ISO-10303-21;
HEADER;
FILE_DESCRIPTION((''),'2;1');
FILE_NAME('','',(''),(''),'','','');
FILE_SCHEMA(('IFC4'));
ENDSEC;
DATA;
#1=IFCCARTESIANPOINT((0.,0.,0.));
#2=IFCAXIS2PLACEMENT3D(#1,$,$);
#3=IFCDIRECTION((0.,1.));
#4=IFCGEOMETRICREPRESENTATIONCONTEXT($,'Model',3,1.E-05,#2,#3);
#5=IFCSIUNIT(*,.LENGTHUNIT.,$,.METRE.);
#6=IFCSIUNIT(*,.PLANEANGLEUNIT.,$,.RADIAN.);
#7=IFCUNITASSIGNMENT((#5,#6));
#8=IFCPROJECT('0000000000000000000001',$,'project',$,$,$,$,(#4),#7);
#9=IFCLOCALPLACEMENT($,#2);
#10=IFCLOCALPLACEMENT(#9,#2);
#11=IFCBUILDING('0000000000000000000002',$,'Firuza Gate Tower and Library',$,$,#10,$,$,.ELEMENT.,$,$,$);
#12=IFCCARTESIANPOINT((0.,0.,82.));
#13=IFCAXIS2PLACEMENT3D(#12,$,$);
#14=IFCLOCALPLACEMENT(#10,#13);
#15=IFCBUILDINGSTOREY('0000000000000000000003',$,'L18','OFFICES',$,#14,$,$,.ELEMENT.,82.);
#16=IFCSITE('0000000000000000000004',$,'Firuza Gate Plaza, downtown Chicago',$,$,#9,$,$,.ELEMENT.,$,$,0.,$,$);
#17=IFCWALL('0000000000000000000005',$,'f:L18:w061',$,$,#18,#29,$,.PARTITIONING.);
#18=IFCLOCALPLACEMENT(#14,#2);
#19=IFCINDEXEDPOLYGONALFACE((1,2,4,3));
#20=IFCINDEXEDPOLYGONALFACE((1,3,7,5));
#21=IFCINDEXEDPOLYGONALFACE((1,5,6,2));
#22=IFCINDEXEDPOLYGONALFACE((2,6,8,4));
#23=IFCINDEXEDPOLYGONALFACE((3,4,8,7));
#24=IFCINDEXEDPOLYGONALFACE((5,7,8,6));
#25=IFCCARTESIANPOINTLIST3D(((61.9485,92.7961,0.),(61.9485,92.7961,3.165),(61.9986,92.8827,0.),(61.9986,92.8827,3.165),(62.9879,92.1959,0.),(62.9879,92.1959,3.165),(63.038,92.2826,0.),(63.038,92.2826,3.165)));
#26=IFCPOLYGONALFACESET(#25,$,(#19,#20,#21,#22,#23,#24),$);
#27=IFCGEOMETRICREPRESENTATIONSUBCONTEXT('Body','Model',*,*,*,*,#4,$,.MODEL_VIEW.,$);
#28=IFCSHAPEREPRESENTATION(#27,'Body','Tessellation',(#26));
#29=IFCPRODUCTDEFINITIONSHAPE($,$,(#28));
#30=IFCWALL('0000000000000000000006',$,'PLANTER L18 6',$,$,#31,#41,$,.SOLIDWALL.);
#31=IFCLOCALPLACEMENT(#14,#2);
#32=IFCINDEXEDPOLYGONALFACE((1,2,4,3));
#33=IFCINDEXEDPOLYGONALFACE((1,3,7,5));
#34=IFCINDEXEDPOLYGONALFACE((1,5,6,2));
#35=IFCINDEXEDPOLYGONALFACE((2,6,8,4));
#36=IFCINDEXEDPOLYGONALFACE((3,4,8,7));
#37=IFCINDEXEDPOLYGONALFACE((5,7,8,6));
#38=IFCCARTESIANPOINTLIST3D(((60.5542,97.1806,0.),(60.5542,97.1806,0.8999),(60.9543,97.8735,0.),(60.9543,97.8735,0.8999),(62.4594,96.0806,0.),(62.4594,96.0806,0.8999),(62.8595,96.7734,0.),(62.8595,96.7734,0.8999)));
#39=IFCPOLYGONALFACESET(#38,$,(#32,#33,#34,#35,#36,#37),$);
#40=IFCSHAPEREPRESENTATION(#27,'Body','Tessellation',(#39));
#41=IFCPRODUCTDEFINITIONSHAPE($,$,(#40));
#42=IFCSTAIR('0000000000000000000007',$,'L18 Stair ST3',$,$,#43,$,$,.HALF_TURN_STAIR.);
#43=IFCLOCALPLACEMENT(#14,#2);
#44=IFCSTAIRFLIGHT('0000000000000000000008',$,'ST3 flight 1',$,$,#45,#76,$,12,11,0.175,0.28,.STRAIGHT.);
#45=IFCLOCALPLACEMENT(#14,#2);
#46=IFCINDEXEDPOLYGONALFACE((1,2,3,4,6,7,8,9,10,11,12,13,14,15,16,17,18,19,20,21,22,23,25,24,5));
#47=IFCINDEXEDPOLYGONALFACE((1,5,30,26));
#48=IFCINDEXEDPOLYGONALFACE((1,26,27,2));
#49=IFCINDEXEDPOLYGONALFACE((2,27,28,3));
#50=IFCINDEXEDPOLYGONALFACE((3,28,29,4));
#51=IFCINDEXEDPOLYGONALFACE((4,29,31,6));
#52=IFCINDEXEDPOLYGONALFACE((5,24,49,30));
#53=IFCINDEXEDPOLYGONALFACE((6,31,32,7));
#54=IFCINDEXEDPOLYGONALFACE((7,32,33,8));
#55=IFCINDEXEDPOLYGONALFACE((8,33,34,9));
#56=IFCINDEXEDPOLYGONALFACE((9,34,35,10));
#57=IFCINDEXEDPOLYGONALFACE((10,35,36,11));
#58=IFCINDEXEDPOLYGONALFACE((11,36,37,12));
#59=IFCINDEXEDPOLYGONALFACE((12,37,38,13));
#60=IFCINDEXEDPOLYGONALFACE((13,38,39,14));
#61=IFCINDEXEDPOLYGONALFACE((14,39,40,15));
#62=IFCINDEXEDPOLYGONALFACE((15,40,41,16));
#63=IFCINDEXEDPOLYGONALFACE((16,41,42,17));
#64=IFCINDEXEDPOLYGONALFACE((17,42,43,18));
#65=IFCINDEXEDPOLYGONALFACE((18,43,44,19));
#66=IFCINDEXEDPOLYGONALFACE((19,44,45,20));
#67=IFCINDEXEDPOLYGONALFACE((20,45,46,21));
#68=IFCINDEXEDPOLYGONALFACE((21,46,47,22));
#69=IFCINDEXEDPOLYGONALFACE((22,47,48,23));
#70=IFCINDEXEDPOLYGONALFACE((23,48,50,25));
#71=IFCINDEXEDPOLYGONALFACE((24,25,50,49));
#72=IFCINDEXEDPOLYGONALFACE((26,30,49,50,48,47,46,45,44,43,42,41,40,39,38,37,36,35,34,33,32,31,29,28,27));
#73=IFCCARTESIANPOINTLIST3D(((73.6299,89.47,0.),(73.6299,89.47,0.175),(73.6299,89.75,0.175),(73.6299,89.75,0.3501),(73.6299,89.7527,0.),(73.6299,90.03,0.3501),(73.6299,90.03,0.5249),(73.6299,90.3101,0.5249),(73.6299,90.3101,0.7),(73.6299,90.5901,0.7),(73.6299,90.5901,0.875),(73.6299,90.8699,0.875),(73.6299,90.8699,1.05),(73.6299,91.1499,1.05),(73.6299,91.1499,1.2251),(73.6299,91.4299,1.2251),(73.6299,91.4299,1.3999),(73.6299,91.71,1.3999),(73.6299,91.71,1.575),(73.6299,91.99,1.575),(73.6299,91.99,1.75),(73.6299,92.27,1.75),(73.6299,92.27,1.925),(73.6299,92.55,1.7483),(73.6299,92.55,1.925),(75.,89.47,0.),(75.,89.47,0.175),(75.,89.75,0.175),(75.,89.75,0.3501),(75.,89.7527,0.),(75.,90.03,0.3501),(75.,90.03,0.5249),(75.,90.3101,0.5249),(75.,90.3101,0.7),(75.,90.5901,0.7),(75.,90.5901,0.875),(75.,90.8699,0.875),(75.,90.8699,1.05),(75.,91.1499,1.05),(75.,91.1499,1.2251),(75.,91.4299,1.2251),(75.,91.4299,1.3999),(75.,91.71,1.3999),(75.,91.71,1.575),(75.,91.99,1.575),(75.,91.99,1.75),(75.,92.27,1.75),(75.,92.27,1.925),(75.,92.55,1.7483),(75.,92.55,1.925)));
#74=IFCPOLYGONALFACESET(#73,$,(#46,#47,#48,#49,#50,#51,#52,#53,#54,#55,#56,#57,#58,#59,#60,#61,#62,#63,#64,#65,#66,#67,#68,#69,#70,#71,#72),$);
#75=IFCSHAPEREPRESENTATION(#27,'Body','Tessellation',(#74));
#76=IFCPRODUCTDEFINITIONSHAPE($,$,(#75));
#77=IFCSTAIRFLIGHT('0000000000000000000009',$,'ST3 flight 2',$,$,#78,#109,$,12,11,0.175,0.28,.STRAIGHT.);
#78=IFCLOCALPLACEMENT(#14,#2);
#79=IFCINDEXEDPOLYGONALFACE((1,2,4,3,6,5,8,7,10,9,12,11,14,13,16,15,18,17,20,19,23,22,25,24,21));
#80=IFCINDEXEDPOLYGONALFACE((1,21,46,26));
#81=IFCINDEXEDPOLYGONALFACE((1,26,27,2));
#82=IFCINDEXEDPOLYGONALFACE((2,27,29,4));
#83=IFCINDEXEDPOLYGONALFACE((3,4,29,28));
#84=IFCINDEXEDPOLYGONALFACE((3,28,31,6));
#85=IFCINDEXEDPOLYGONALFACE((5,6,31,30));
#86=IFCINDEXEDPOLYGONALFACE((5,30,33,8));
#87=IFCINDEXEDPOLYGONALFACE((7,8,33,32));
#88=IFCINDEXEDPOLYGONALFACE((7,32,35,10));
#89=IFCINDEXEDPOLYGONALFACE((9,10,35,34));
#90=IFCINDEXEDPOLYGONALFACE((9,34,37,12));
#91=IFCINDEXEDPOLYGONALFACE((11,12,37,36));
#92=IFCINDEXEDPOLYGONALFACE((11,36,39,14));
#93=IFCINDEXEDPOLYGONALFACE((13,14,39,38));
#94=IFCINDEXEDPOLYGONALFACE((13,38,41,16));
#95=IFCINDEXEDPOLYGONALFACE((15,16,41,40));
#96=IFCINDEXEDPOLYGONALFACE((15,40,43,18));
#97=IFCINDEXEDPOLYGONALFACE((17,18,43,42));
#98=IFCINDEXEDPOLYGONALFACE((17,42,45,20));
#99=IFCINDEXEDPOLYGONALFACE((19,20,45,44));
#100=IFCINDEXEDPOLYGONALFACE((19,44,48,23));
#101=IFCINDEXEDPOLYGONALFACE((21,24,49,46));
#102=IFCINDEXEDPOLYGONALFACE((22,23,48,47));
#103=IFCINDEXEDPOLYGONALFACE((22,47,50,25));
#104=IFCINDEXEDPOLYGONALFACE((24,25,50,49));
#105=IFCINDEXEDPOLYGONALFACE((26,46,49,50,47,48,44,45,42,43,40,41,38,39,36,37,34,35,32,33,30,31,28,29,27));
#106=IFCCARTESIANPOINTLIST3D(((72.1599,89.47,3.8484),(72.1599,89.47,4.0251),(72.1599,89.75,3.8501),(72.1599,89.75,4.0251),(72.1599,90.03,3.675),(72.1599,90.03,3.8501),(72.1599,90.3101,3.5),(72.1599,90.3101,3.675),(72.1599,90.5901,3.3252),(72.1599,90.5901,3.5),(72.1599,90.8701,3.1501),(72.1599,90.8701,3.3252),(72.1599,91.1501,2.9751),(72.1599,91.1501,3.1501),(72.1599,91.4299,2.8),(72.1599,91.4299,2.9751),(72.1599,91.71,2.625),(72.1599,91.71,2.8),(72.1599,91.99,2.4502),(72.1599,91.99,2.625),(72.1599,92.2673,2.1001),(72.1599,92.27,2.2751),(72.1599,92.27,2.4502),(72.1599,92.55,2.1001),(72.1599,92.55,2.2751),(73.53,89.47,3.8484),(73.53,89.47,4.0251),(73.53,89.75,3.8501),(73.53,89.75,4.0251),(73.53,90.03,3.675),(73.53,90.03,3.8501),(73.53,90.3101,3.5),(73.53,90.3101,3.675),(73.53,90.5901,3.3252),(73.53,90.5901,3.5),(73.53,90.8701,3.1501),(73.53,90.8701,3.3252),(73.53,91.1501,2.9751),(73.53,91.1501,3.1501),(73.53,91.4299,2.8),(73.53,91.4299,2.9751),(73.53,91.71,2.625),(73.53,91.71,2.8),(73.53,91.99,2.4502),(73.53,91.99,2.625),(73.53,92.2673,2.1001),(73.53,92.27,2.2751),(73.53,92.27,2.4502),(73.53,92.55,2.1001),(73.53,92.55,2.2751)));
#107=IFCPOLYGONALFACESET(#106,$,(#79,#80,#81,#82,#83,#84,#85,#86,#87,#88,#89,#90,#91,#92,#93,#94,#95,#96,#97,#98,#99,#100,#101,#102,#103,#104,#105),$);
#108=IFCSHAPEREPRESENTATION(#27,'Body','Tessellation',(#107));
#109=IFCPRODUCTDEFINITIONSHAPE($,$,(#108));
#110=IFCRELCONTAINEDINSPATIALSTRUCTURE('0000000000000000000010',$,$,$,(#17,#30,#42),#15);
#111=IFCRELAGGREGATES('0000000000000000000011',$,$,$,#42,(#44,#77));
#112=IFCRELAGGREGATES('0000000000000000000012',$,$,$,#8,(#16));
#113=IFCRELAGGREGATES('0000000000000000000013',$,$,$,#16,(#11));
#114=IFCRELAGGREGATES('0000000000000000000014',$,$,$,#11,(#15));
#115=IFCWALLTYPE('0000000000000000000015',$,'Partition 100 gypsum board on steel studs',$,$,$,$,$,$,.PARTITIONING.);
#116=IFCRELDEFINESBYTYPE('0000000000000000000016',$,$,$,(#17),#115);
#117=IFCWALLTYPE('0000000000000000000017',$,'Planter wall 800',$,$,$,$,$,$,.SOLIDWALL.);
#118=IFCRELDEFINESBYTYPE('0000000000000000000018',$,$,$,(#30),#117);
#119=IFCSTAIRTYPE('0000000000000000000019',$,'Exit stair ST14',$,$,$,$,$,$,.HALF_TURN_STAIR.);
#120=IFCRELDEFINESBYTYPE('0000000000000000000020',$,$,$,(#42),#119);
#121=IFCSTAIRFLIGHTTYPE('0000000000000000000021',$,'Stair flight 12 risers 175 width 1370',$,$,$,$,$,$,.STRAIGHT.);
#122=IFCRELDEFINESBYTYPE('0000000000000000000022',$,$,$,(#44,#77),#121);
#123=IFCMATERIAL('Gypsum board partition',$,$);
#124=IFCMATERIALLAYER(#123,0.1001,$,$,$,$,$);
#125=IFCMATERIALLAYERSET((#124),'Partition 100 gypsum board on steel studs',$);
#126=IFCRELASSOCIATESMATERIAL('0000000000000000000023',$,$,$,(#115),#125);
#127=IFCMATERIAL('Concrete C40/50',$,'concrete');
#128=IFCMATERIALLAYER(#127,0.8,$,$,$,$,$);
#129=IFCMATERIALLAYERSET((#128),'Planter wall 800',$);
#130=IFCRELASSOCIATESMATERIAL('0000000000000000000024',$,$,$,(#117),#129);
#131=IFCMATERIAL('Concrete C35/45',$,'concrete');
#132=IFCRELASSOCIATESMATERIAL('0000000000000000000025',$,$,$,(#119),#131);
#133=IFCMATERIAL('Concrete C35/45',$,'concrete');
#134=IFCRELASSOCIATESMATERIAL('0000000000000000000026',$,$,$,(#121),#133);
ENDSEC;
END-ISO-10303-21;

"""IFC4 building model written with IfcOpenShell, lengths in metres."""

from ifc_helpers import new_model, si_unit, direction, frame, frame_2d, origin, place, context, subcontext, project, spatial, polyline, rectangle, outline, extrude, material, layer, layer_set, type_object, element, aggregate, save


model = new_model("IFC4")

# Units and contexts
model_context = context("Model", 3, precision=1e-05, world=origin(), true_north=direction((0.0, 1.0)))
body_context = subcontext(model_context, "Body", "Model", "MODEL_VIEW")
ifc_project = project(units=[si_unit("LENGTHUNIT", "METRE"), si_unit("PLANEANGLEUNIT", "RADIAN")], contexts=[model_context])

# Site, building, storey
site_placement = place(None, origin())
site = spatial("IfcSite", under=ifc_project, at=site_placement, Name="Firuza Gate Plaza, downtown Chicago", CompositionType="ELEMENT", RefElevation=0.0)
building_placement = place(site_placement, origin())
building = spatial("IfcBuilding", under=site, at=building_placement, Name="Firuza Gate Tower and Library", CompositionType="ELEMENT")
storey_placement = place(building_placement, frame((0.0, 0.0, 82.0)))
storey = spatial("IfcBuildingStorey", under=building, at=storey_placement, Name="L18", Description="OFFICES", CompositionType="ELEMENT", Elevation=82.0)

# Shared definitions
placement = place(storey_placement, origin())

# Walls
ifc_material_1 = material(Name="Gypsum board partition")
ifc_layer_1 = layer(ifc_material_1, 0.1001)
ifc_layer_set_1 = layer_set([ifc_layer_1], Name="Partition 100 gypsum board on steel studs")
wall_type_1 = type_object("IfcWallType", Name="Partition 100 gypsum board on steel studs", PredefinedType="PARTITIONING", material=ifc_layer_set_1)
wall_1_placement = place(storey_placement, frame((63.0129, 92.2393, 0.0), z_axis=(0.0, 0.0, 1.0), x_axis=(-0.866006, 0.500034, 0.0)))
element("IfcWall", 1, at=wall_1_placement, inside=storey, type_object=wall_type_1, Name="f:L18:w061", PredefinedType="PARTITIONING", context=body_context, shape_type="SweptSolid", body=[
    extrude(rectangle(XDim=1.2002, YDim=0.1001, at=frame_2d((0.6001, 0.0))), origin(), (0.0, 0.0, 1.0), 3.165),
])
ifc_material_2 = material(Name="Concrete C40/50", Category="concrete")
ifc_layer_2 = layer(ifc_material_2, 0.8)
ifc_layer_set_2 = layer_set([ifc_layer_2], Name="Planter wall 800")
wall_type_2 = type_object("IfcWallType", Name="Planter wall 800", PredefinedType="SOLIDWALL", material=ifc_layer_set_2)
wall_2_placement = place(storey_placement, frame((60.7542, 97.5271, 0.0), z_axis=(0.0, 0.0, 1.0), x_axis=(0.866008, -0.50003, 0.0)))
element("IfcWall", 2, at=wall_2_placement, inside=storey, type_object=wall_type_2, Name="PLANTER L18 6", PredefinedType="SOLIDWALL", context=body_context, shape_type="SweptSolid", body=[
    extrude(rectangle(XDim=2.2, YDim=0.8, at=frame_2d((1.1001, 0.0))), origin(), (0.0, 0.0, 1.0), 0.8999),
])

# Stair, stair flights
ifc_material_3 = material(Name="Concrete C35/45", Category="concrete")
stair_type = type_object("IfcStairType", Name="Exit stair ST14", PredefinedType="HALF_TURN_STAIR", material=ifc_material_3)
stair = element("IfcStair", 3, at=placement, inside=storey, type_object=stair_type, Name="L18 Stair ST3", PredefinedType="HALF_TURN_STAIR")
ifc_material_4 = material(Name="Concrete C35/45", Category="concrete")
stair_flight_type = type_object("IfcStairFlightType", Name="Stair flight 12 risers 175 width 1370", PredefinedType="STRAIGHT", material=ifc_material_4)
stair_flight_1_placement = place(storey_placement, frame((74.3149, 89.47, 0.0), z_axis=(0.0, 0.0, 1.0), x_axis=(0.0, 1.0, 0.0)))
stair_flight_1 = element("IfcStairFlight", 4, at=stair_flight_1_placement, type_object=stair_flight_type, Name="ST3 flight 1", NumberOfRisers=12, NumberOfTreads=11, PredefinedType="STRAIGHT", RiserHeight=0.175, TreadLength=0.28, context=body_context, shape_type="SweptSolid", body=[
    extrude(outline(polyline([(0.0, 0.0), (0.0, 0.175), (0.28, 0.175), (0.28, 0.3501), (0.5601, 0.3501), (0.5601, 0.5249), (0.8401, 0.5249), (0.8401, 0.7), (1.1201, 0.7), (1.1201, 0.875), (1.3999, 0.875), (1.3999, 1.05), (1.6799, 1.05), (1.6799, 1.2251), (1.96, 1.2251), (1.96, 1.3999), (2.24, 1.3999), (2.24, 1.575), (2.52, 1.575), (2.52, 1.75), (2.8, 1.75), (2.8, 1.925), (3.0801, 1.925), (3.0801, 2.1001), (3.0801, 1.7483), (0.2827, 0.0), (0.0, 0.0)])), frame((0.0, 0.6851, 0.0), z_axis=(0.0, -1.0, 0.0), x_axis=(1.0, 0.0, 0.0)), (0.0, 0.0, 1.0), 1.3701),
])
stair_flight_2_placement = place(storey_placement, frame((72.845, 92.55, 2.1001), z_axis=(0.0, 0.0, 1.0), x_axis=(0.0, -1.0, 0.0)))
stair_flight_2 = element("IfcStairFlight", 5, at=stair_flight_2_placement, type_object=stair_flight_type, Name="ST3 flight 2", NumberOfRisers=12, NumberOfTreads=11, PredefinedType="STRAIGHT", RiserHeight=0.175, TreadLength=0.28, context=body_context, shape_type="SweptSolid", body=[
    extrude(outline(polyline([(0.0, 0.0), (0.0, 0.175), (0.28, 0.175), (0.28, 0.3501), (0.5601, 0.3501), (0.5601, 0.5249), (0.8401, 0.5249), (0.8401, 0.7), (1.1201, 0.7), (1.1201, 0.875), (1.3999, 0.875), (1.3999, 1.05), (1.6799, 1.05), (1.6799, 1.2251), (1.96, 1.2251), (1.96, 1.3999), (2.24, 1.3999), (2.24, 1.575), (2.52, 1.575), (2.52, 1.75), (2.8, 1.75), (2.8, 1.925), (3.0801, 1.925), (3.0801, 2.1001), (3.0801, 1.7483), (0.2827, 0.0), (0.0, 0.0)])), frame((0.0, 0.6851, 0.0), z_axis=(0.0, -1.0, 0.0), x_axis=(1.0, 0.0, 0.0)), (0.0, 0.0, 1.0), 1.3701),
])
aggregate(stair, [stair_flight_1, stair_flight_2])

save(model, "model.ifc")
